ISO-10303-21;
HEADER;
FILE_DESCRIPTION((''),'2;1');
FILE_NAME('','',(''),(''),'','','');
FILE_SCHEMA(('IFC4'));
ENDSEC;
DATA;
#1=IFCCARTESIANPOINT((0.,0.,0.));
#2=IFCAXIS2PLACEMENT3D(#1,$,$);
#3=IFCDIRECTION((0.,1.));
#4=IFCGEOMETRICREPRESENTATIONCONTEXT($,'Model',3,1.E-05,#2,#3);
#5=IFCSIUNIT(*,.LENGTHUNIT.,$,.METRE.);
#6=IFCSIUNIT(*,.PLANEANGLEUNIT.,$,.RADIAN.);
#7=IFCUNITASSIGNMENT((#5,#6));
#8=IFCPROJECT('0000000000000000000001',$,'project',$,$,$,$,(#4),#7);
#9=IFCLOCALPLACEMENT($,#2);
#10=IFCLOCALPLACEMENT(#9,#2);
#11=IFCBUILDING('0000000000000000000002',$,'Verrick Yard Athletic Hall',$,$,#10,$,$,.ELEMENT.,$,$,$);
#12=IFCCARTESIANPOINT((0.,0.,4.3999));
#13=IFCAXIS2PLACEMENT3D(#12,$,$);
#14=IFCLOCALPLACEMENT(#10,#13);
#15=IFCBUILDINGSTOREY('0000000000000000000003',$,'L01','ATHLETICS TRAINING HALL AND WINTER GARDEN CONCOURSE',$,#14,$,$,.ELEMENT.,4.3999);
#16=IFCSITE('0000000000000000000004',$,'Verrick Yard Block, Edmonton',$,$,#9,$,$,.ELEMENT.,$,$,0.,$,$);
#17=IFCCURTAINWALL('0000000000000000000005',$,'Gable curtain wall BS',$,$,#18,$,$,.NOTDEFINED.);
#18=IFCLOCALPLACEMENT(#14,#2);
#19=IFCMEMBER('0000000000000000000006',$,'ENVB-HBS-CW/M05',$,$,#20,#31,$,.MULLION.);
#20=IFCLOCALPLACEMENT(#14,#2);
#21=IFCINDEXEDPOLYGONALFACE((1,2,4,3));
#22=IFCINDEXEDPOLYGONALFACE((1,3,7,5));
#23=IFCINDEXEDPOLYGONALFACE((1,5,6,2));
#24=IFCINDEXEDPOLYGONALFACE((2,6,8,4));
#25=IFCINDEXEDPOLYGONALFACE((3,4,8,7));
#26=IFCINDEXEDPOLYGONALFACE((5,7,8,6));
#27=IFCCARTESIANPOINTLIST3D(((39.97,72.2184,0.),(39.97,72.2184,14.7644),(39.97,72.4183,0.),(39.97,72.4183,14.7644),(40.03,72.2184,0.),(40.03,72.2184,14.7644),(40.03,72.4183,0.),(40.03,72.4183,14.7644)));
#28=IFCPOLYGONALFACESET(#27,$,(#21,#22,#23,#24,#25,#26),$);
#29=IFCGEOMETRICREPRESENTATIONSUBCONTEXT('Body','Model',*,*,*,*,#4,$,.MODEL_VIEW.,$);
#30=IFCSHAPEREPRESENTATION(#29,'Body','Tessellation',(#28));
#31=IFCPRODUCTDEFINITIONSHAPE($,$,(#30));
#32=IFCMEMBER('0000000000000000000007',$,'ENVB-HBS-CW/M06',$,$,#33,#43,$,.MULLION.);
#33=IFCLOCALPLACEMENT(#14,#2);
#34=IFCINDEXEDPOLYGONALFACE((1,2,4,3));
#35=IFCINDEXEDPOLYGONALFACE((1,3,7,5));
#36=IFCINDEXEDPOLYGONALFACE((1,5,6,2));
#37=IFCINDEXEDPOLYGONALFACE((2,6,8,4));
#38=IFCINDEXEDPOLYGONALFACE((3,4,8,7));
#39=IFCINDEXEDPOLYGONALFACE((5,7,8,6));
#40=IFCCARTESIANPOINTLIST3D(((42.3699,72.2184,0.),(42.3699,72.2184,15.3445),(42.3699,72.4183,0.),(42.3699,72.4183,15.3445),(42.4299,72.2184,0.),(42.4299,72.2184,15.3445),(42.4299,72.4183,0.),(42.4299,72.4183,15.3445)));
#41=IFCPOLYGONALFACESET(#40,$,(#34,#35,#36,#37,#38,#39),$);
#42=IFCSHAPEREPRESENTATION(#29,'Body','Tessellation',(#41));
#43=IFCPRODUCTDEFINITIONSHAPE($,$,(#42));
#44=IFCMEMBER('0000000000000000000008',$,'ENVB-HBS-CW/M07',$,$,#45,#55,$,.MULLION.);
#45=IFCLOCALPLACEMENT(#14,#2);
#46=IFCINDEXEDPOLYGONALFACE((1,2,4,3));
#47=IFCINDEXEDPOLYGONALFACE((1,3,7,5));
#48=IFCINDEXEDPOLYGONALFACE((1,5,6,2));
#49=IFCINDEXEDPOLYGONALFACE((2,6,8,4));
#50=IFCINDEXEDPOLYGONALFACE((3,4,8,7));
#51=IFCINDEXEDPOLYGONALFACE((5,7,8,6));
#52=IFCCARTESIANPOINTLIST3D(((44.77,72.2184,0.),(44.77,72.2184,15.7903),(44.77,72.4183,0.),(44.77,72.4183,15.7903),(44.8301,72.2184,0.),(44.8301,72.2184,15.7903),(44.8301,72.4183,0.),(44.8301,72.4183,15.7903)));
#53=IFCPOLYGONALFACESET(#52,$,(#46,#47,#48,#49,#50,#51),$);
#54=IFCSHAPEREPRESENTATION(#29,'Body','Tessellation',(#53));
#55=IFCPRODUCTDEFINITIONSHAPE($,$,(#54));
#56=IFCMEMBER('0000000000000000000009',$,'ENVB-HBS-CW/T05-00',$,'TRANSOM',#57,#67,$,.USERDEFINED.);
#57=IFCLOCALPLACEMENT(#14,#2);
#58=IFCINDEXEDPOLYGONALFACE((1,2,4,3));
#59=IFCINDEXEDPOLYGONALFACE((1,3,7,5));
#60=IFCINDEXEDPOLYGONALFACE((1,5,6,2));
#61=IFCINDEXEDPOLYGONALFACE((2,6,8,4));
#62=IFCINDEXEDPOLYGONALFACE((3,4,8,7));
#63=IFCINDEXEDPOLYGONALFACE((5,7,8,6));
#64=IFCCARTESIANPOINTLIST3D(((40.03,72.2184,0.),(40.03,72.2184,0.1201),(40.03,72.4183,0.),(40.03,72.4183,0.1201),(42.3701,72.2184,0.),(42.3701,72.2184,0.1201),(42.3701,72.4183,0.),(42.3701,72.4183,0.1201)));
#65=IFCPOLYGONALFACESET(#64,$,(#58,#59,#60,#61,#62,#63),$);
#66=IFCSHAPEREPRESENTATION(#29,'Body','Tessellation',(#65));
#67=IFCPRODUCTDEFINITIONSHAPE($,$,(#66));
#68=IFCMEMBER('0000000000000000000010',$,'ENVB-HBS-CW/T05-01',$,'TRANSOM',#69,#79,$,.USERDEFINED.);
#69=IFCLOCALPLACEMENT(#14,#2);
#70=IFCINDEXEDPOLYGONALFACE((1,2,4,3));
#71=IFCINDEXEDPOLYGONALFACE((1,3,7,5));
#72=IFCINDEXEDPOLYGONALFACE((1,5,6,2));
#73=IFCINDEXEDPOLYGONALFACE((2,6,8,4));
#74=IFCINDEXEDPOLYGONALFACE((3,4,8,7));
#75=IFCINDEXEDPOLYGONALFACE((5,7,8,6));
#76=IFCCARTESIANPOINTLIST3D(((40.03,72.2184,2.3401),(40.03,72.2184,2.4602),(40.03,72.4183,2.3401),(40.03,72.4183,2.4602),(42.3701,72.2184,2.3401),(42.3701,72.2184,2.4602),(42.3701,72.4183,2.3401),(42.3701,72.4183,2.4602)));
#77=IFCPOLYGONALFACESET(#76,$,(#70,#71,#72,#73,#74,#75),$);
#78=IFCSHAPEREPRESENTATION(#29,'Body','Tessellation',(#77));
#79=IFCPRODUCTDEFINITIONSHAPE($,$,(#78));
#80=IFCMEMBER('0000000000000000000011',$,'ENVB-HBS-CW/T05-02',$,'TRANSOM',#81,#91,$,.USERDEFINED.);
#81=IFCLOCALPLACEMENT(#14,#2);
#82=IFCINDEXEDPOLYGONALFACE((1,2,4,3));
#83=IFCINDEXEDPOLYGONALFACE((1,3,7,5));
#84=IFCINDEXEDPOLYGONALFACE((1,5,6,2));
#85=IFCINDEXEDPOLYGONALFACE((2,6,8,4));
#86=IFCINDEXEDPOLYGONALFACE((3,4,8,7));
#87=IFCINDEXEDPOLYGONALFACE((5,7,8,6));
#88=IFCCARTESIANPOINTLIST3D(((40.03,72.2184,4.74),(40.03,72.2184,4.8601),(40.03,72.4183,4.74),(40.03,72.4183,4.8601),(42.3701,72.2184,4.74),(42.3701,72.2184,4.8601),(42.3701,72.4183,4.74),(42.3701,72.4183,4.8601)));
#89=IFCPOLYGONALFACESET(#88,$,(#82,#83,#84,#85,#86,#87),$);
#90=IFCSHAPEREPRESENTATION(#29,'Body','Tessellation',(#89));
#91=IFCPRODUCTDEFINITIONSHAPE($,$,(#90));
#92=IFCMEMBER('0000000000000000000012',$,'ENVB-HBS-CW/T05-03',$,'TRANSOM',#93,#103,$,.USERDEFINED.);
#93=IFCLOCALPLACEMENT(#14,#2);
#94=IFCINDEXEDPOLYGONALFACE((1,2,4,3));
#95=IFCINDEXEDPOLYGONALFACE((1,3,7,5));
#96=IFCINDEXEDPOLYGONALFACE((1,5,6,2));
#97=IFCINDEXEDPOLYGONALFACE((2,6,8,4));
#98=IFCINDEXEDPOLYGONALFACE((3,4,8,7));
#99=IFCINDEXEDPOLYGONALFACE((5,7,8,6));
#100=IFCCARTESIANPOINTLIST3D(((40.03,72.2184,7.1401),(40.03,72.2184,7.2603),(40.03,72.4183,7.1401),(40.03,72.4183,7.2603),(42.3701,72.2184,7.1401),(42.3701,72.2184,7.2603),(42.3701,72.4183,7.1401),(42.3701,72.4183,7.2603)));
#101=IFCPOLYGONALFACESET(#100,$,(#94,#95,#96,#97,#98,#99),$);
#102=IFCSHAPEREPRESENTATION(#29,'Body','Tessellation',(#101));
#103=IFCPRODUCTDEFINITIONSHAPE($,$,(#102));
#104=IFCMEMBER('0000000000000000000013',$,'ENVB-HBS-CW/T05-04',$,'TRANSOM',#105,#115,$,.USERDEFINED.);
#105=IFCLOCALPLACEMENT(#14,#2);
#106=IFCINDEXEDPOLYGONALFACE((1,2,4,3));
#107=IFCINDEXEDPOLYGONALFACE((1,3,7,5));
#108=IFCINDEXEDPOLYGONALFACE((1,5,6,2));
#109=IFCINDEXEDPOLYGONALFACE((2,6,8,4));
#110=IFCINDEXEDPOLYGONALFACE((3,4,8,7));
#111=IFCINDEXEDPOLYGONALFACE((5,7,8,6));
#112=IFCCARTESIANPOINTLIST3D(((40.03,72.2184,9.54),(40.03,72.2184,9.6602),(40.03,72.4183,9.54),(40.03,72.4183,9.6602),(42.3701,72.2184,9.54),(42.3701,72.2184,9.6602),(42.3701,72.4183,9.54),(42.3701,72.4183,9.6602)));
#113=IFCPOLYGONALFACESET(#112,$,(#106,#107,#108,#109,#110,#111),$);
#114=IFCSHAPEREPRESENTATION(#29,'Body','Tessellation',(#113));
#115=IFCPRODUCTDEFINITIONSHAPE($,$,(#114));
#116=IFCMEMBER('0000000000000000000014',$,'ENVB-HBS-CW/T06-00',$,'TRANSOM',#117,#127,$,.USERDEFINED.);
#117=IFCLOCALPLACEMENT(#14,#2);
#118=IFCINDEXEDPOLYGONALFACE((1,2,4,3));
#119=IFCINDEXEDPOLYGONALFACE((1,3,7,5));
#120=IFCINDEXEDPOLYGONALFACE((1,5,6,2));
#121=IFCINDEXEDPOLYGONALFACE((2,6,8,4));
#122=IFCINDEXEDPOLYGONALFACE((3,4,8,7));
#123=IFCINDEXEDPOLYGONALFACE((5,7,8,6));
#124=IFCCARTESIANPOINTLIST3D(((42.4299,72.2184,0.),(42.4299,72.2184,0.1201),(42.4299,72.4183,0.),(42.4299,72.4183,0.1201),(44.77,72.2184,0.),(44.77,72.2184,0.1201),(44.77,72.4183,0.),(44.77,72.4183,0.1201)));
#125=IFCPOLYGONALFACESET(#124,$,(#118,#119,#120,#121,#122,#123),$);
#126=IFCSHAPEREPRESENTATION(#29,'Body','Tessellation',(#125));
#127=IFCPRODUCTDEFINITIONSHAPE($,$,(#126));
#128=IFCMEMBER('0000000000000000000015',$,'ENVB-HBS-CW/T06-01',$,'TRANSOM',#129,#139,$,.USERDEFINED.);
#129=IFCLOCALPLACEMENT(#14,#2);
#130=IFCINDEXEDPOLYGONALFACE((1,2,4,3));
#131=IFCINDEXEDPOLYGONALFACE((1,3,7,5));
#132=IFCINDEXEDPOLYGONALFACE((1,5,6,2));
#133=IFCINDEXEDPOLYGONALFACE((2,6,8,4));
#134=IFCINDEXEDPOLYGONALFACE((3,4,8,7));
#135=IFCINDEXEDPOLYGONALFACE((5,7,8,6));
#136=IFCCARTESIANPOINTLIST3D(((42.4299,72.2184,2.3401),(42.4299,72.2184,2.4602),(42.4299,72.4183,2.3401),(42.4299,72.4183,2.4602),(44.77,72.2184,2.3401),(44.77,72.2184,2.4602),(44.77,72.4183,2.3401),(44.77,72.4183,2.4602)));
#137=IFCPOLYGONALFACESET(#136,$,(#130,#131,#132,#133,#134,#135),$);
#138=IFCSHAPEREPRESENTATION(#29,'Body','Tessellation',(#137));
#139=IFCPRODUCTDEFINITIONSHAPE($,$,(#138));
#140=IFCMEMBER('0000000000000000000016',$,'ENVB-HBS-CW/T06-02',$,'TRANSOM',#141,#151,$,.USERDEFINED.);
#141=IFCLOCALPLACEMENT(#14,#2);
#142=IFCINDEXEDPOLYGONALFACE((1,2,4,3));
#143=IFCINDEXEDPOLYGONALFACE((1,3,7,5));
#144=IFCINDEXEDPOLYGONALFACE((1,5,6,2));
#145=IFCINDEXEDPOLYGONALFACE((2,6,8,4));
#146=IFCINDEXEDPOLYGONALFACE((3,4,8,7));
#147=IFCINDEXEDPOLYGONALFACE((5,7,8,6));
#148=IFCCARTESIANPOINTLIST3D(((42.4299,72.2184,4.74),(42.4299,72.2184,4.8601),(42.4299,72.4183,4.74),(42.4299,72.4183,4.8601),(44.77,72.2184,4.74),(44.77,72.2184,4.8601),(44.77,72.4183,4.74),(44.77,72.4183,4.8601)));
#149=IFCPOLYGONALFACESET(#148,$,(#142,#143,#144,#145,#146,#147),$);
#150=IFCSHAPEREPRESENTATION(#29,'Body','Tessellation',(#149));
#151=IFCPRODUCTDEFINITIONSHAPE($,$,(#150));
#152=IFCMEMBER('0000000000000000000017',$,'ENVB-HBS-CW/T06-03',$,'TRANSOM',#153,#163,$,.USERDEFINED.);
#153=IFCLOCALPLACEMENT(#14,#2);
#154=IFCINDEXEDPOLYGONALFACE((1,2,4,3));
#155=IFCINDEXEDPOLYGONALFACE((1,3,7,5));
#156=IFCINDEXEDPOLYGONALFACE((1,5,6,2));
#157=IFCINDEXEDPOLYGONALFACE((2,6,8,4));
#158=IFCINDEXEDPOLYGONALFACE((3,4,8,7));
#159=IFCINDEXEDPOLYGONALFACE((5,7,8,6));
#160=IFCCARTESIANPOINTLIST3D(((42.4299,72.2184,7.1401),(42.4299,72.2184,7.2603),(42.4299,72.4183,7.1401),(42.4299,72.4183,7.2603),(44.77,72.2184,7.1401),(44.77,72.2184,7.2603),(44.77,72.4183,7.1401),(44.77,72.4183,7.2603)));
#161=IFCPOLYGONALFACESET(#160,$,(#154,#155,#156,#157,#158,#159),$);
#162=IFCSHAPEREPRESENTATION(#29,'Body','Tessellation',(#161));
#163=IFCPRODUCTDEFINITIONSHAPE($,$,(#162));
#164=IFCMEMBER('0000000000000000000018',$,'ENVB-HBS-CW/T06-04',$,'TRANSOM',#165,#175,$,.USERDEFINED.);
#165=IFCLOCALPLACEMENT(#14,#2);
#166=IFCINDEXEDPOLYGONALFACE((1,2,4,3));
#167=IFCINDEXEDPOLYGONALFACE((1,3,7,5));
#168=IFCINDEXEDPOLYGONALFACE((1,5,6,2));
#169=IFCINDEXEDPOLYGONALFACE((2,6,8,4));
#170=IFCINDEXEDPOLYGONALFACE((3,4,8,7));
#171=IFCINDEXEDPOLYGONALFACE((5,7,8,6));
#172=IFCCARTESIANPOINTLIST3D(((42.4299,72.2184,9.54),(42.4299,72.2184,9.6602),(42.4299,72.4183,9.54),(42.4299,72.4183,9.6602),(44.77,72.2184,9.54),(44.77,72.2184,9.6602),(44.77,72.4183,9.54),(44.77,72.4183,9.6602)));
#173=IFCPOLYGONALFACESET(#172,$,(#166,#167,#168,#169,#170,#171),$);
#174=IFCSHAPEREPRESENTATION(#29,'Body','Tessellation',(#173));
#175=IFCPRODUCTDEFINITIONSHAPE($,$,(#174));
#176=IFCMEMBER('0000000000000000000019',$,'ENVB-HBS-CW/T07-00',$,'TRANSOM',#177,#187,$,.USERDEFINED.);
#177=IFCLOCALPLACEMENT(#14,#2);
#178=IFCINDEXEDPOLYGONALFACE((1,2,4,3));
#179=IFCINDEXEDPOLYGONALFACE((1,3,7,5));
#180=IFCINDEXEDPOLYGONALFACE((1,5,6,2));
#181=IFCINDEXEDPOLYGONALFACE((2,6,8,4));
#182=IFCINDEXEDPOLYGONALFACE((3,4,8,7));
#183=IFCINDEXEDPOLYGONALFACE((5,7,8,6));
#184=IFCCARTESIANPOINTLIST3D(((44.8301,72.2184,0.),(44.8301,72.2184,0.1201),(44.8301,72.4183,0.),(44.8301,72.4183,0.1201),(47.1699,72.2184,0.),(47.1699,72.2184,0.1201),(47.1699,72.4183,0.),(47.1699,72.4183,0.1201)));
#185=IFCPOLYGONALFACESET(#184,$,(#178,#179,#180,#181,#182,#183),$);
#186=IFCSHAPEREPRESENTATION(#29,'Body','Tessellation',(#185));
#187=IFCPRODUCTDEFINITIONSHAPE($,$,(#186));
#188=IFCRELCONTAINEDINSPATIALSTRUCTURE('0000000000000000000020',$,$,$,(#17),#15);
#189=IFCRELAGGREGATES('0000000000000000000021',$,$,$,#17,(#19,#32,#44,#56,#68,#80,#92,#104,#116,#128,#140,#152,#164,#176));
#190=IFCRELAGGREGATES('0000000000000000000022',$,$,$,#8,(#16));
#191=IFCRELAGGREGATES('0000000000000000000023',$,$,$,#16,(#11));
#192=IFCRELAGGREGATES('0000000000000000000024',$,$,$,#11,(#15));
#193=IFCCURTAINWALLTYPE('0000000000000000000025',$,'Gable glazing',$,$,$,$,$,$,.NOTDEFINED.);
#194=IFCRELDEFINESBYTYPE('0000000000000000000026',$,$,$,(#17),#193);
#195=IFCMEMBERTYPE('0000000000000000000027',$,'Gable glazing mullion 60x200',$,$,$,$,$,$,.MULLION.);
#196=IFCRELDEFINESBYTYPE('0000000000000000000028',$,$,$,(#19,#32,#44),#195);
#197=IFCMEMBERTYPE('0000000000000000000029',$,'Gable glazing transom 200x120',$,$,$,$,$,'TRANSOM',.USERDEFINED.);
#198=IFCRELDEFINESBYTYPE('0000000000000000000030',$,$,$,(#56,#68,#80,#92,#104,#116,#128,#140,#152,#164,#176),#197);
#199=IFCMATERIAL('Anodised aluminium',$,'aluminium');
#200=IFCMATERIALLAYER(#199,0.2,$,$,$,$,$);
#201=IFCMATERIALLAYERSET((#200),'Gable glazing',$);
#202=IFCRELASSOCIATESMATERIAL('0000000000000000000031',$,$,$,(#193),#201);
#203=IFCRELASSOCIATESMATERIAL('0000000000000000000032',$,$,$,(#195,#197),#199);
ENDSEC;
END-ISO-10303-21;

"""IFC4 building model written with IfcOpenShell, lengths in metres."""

from ifc_helpers import new_model, si_unit, direction, frame, origin, origin_2d, place, context, subcontext, project, spatial, rectangle, extrude, material, layer, layer_set, material_profile, profile_set, type_object, element, aggregate, save


model = new_model("IFC4")

# Units and contexts
model_context = context("Model", 3, precision=1e-05, world=origin(), true_north=direction((0.0, 1.0)))
body_context = subcontext(model_context, "Body", "Model", "MODEL_VIEW")
ifc_project = project(units=[si_unit("LENGTHUNIT", "METRE"), si_unit("PLANEANGLEUNIT", "RADIAN")], contexts=[model_context])

# Site, building, storey
site_placement = place(None, origin())
site = spatial("IfcSite", under=ifc_project, at=site_placement, Name="Verrick Yard Block, Edmonton", CompositionType="ELEMENT", RefElevation=0.0)
building_placement = place(site_placement, origin())
building = spatial("IfcBuilding", under=site, at=building_placement, Name="Verrick Yard Athletic Hall", CompositionType="ELEMENT")
storey_placement = place(building_placement, frame((0.0, 0.0, 4.3999)))
storey = spatial("IfcBuildingStorey", under=building, at=storey_placement, Name="L01", Description="ATHLETICS TRAINING HALL AND WINTER GARDEN CONCOURSE", CompositionType="ELEMENT", Elevation=4.3999)

# Curtain wall, members
ifc_material_1 = material(Name="Anodised aluminium", Category="aluminium")
ifc_layer_1 = layer(ifc_material_1, 0.2)
ifc_layer_set_1 = layer_set([ifc_layer_1], Name="Gable glazing")
curtain_wall_type = type_object("IfcCurtainWallType", Name="Gable glazing", PredefinedType="NOTDEFINED", material=ifc_layer_set_1)
curtain_wall_placement = place(storey_placement, origin())
curtain_wall = element("IfcCurtainWall", 1, at=curtain_wall_placement, inside=storey, type_object=curtain_wall_type, Name="Gable curtain wall BS", PredefinedType="NOTDEFINED")
ifc_material_profile_1 = material_profile(ifc_material_1, rectangle(XDim=0.2, YDim=0.0601, at=origin_2d()), Name="CW gable mullion 60x200")
ifc_profile_set_1 = profile_set([ifc_material_profile_1], Name="Anodised aluminium")
member_type_1 = type_object("IfcMemberType", Name="Gable glazing mullion 60x200", PredefinedType="MULLION", material=ifc_profile_set_1)
member_1_placement = place(storey_placement, frame((40.0, 72.3184, 0.0), z_axis=(0.0, 0.0, 1.0), x_axis=(0.0, 1.0, 0.0)))
member_1 = element("IfcMember", 2, at=member_1_placement, type_object=member_type_1, Name="ENVB-HBS-CW/M05", PredefinedType="MULLION", context=body_context, shape_type="SweptSolid", body=[
    extrude(rectangle(XDim=0.2, YDim=0.0601, at=origin_2d()), origin(), (0.0, 0.0, 1.0), 14.7644),
])
member_2_placement = place(storey_placement, frame((42.3999, 72.3184, 0.0), z_axis=(0.0, 0.0, 1.0), x_axis=(0.0, 1.0, 0.0)))
member_2 = element("IfcMember", 3, at=member_2_placement, type_object=member_type_1, Name="ENVB-HBS-CW/M06", PredefinedType="MULLION", context=body_context, shape_type="SweptSolid", body=[
    extrude(rectangle(XDim=0.2, YDim=0.0601, at=origin_2d()), origin(), (0.0, 0.0, 1.0), 15.3445),
])
member_3_placement = place(storey_placement, frame((44.8, 72.3184, 0.0), z_axis=(0.0, 0.0, 1.0), x_axis=(0.0, 1.0, 0.0)))
member_3 = element("IfcMember", 4, at=member_3_placement, type_object=member_type_1, Name="ENVB-HBS-CW/M07", PredefinedType="MULLION", context=body_context, shape_type="SweptSolid", body=[
    extrude(rectangle(XDim=0.2, YDim=0.0601, at=origin_2d()), origin(), (0.0, 0.0, 1.0), 15.7903),
])
ifc_material_profile_2 = material_profile(ifc_material_1, rectangle(XDim=0.2, YDim=0.1201, at=origin_2d()), Name="CW gable transom 200x120")
ifc_profile_set_2 = profile_set([ifc_material_profile_2], Name="Anodised aluminium")
member_type_2 = type_object("IfcMemberType", Name="Gable glazing transom 200x120", ElementType="TRANSOM", PredefinedType="USERDEFINED", material=ifc_profile_set_2)
member_4_placement = place(storey_placement, frame((40.03, 72.3184, 0.0601), z_axis=(1.0, 0.0, 0.0), x_axis=(0.0, 1.0, 0.0)))
member_4 = element("IfcMember", 5, at=member_4_placement, type_object=member_type_2, Name="ENVB-HBS-CW/T05-00", ObjectType="TRANSOM", PredefinedType="USERDEFINED", context=body_context, shape_type="SweptSolid", body=[
    extrude(rectangle(XDim=0.2, YDim=0.1201, at=origin_2d()), origin(), (0.0, 0.0, 1.0), 2.3401),
])
member_5_placement = place(storey_placement, frame((40.03, 72.3184, 2.4001), z_axis=(1.0, 0.0, 0.0), x_axis=(0.0, 1.0, 0.0)))
member_5 = element("IfcMember", 6, at=member_5_placement, type_object=member_type_2, Name="ENVB-HBS-CW/T05-01", ObjectType="TRANSOM", PredefinedType="USERDEFINED", context=body_context, shape_type="SweptSolid", body=[
    extrude(rectangle(XDim=0.2, YDim=0.1201, at=origin_2d()), origin(), (0.0, 0.0, 1.0), 2.3401),
])
member_6_placement = place(storey_placement, frame((40.03, 72.3184, 4.8), z_axis=(1.0, 0.0, 0.0), x_axis=(0.0, 1.0, 0.0)))
member_6 = element("IfcMember", 7, at=member_6_placement, type_object=member_type_2, Name="ENVB-HBS-CW/T05-02", ObjectType="TRANSOM", PredefinedType="USERDEFINED", context=body_context, shape_type="SweptSolid", body=[
    extrude(rectangle(XDim=0.2, YDim=0.1201, at=origin_2d()), origin(), (0.0, 0.0, 1.0), 2.3401),
])
member_7_placement = place(storey_placement, frame((40.03, 72.3184, 7.2002), z_axis=(1.0, 0.0, 0.0), x_axis=(0.0, 1.0, 0.0)))
member_7 = element("IfcMember", 8, at=member_7_placement, type_object=member_type_2, Name="ENVB-HBS-CW/T05-03", ObjectType="TRANSOM", PredefinedType="USERDEFINED", context=body_context, shape_type="SweptSolid", body=[
    extrude(rectangle(XDim=0.2, YDim=0.1201, at=origin_2d()), origin(), (0.0, 0.0, 1.0), 2.3401),
])
member_8_placement = place(storey_placement, frame((40.03, 72.3184, 9.6001), z_axis=(1.0, 0.0, 0.0), x_axis=(0.0, 1.0, 0.0)))
member_8 = element("IfcMember", 9, at=member_8_placement, type_object=member_type_2, Name="ENVB-HBS-CW/T05-04", ObjectType="TRANSOM", PredefinedType="USERDEFINED", context=body_context, shape_type="SweptSolid", body=[
    extrude(rectangle(XDim=0.2, YDim=0.1201, at=origin_2d()), origin(), (0.0, 0.0, 1.0), 2.3401),
])
member_9_placement = place(storey_placement, frame((42.4299, 72.3184, 0.0601), z_axis=(1.0, 0.0, 0.0), x_axis=(0.0, 1.0, 0.0)))
member_9 = element("IfcMember", 10, at=member_9_placement, type_object=member_type_2, Name="ENVB-HBS-CW/T06-00", ObjectType="TRANSOM", PredefinedType="USERDEFINED", context=body_context, shape_type="SweptSolid", body=[
    extrude(rectangle(XDim=0.2, YDim=0.1201, at=origin_2d()), origin(), (0.0, 0.0, 1.0), 2.3401),
])
member_10_placement = place(storey_placement, frame((42.4299, 72.3184, 2.4001), z_axis=(1.0, 0.0, 0.0), x_axis=(0.0, 1.0, 0.0)))
member_10 = element("IfcMember", 11, at=member_10_placement, type_object=member_type_2, Name="ENVB-HBS-CW/T06-01", ObjectType="TRANSOM", PredefinedType="USERDEFINED", context=body_context, shape_type="SweptSolid", body=[
    extrude(rectangle(XDim=0.2, YDim=0.1201, at=origin_2d()), origin(), (0.0, 0.0, 1.0), 2.3401),
])
member_11_placement = place(storey_placement, frame((42.4299, 72.3184, 4.8), z_axis=(1.0, 0.0, 0.0), x_axis=(0.0, 1.0, 0.0)))
member_11 = element("IfcMember", 12, at=member_11_placement, type_object=member_type_2, Name="ENVB-HBS-CW/T06-02", ObjectType="TRANSOM", PredefinedType="USERDEFINED", context=body_context, shape_type="SweptSolid", body=[
    extrude(rectangle(XDim=0.2, YDim=0.1201, at=origin_2d()), origin(), (0.0, 0.0, 1.0), 2.3401),
])
member_12_placement = place(storey_placement, frame((42.4299, 72.3184, 7.2002), z_axis=(1.0, 0.0, 0.0), x_axis=(0.0, 1.0, 0.0)))
member_12 = element("IfcMember", 13, at=member_12_placement, type_object=member_type_2, Name="ENVB-HBS-CW/T06-03", ObjectType="TRANSOM", PredefinedType="USERDEFINED", context=body_context, shape_type="SweptSolid", body=[
    extrude(rectangle(XDim=0.2, YDim=0.1201, at=origin_2d()), origin(), (0.0, 0.0, 1.0), 2.3401),
])
member_13_placement = place(storey_placement, frame((42.4299, 72.3184, 9.6001), z_axis=(1.0, 0.0, 0.0), x_axis=(0.0, 1.0, 0.0)))
member_13 = element("IfcMember", 14, at=member_13_placement, type_object=member_type_2, Name="ENVB-HBS-CW/T06-04", ObjectType="TRANSOM", PredefinedType="USERDEFINED", context=body_context, shape_type="SweptSolid", body=[
    extrude(rectangle(XDim=0.2, YDim=0.1201, at=origin_2d()), origin(), (0.0, 0.0, 1.0), 2.3401),
])
member_14_placement = place(storey_placement, frame((44.8301, 72.3184, 0.0601), z_axis=(1.0, 0.0, 0.0), x_axis=(0.0, 1.0, 0.0)))
member_14 = element("IfcMember", 15, at=member_14_placement, type_object=member_type_2, Name="ENVB-HBS-CW/T07-00", ObjectType="TRANSOM", PredefinedType="USERDEFINED", context=body_context, shape_type="SweptSolid", body=[
    extrude(rectangle(XDim=0.2, YDim=0.1201, at=origin_2d()), origin(), (0.0, 0.0, 1.0), 2.3398),
])
aggregate(curtain_wall, [member_1, member_2, member_3, member_4, member_5, member_6, member_7, member_8, member_9, member_10, member_11, member_12, member_13, member_14])

save(model, "model.ifc")
